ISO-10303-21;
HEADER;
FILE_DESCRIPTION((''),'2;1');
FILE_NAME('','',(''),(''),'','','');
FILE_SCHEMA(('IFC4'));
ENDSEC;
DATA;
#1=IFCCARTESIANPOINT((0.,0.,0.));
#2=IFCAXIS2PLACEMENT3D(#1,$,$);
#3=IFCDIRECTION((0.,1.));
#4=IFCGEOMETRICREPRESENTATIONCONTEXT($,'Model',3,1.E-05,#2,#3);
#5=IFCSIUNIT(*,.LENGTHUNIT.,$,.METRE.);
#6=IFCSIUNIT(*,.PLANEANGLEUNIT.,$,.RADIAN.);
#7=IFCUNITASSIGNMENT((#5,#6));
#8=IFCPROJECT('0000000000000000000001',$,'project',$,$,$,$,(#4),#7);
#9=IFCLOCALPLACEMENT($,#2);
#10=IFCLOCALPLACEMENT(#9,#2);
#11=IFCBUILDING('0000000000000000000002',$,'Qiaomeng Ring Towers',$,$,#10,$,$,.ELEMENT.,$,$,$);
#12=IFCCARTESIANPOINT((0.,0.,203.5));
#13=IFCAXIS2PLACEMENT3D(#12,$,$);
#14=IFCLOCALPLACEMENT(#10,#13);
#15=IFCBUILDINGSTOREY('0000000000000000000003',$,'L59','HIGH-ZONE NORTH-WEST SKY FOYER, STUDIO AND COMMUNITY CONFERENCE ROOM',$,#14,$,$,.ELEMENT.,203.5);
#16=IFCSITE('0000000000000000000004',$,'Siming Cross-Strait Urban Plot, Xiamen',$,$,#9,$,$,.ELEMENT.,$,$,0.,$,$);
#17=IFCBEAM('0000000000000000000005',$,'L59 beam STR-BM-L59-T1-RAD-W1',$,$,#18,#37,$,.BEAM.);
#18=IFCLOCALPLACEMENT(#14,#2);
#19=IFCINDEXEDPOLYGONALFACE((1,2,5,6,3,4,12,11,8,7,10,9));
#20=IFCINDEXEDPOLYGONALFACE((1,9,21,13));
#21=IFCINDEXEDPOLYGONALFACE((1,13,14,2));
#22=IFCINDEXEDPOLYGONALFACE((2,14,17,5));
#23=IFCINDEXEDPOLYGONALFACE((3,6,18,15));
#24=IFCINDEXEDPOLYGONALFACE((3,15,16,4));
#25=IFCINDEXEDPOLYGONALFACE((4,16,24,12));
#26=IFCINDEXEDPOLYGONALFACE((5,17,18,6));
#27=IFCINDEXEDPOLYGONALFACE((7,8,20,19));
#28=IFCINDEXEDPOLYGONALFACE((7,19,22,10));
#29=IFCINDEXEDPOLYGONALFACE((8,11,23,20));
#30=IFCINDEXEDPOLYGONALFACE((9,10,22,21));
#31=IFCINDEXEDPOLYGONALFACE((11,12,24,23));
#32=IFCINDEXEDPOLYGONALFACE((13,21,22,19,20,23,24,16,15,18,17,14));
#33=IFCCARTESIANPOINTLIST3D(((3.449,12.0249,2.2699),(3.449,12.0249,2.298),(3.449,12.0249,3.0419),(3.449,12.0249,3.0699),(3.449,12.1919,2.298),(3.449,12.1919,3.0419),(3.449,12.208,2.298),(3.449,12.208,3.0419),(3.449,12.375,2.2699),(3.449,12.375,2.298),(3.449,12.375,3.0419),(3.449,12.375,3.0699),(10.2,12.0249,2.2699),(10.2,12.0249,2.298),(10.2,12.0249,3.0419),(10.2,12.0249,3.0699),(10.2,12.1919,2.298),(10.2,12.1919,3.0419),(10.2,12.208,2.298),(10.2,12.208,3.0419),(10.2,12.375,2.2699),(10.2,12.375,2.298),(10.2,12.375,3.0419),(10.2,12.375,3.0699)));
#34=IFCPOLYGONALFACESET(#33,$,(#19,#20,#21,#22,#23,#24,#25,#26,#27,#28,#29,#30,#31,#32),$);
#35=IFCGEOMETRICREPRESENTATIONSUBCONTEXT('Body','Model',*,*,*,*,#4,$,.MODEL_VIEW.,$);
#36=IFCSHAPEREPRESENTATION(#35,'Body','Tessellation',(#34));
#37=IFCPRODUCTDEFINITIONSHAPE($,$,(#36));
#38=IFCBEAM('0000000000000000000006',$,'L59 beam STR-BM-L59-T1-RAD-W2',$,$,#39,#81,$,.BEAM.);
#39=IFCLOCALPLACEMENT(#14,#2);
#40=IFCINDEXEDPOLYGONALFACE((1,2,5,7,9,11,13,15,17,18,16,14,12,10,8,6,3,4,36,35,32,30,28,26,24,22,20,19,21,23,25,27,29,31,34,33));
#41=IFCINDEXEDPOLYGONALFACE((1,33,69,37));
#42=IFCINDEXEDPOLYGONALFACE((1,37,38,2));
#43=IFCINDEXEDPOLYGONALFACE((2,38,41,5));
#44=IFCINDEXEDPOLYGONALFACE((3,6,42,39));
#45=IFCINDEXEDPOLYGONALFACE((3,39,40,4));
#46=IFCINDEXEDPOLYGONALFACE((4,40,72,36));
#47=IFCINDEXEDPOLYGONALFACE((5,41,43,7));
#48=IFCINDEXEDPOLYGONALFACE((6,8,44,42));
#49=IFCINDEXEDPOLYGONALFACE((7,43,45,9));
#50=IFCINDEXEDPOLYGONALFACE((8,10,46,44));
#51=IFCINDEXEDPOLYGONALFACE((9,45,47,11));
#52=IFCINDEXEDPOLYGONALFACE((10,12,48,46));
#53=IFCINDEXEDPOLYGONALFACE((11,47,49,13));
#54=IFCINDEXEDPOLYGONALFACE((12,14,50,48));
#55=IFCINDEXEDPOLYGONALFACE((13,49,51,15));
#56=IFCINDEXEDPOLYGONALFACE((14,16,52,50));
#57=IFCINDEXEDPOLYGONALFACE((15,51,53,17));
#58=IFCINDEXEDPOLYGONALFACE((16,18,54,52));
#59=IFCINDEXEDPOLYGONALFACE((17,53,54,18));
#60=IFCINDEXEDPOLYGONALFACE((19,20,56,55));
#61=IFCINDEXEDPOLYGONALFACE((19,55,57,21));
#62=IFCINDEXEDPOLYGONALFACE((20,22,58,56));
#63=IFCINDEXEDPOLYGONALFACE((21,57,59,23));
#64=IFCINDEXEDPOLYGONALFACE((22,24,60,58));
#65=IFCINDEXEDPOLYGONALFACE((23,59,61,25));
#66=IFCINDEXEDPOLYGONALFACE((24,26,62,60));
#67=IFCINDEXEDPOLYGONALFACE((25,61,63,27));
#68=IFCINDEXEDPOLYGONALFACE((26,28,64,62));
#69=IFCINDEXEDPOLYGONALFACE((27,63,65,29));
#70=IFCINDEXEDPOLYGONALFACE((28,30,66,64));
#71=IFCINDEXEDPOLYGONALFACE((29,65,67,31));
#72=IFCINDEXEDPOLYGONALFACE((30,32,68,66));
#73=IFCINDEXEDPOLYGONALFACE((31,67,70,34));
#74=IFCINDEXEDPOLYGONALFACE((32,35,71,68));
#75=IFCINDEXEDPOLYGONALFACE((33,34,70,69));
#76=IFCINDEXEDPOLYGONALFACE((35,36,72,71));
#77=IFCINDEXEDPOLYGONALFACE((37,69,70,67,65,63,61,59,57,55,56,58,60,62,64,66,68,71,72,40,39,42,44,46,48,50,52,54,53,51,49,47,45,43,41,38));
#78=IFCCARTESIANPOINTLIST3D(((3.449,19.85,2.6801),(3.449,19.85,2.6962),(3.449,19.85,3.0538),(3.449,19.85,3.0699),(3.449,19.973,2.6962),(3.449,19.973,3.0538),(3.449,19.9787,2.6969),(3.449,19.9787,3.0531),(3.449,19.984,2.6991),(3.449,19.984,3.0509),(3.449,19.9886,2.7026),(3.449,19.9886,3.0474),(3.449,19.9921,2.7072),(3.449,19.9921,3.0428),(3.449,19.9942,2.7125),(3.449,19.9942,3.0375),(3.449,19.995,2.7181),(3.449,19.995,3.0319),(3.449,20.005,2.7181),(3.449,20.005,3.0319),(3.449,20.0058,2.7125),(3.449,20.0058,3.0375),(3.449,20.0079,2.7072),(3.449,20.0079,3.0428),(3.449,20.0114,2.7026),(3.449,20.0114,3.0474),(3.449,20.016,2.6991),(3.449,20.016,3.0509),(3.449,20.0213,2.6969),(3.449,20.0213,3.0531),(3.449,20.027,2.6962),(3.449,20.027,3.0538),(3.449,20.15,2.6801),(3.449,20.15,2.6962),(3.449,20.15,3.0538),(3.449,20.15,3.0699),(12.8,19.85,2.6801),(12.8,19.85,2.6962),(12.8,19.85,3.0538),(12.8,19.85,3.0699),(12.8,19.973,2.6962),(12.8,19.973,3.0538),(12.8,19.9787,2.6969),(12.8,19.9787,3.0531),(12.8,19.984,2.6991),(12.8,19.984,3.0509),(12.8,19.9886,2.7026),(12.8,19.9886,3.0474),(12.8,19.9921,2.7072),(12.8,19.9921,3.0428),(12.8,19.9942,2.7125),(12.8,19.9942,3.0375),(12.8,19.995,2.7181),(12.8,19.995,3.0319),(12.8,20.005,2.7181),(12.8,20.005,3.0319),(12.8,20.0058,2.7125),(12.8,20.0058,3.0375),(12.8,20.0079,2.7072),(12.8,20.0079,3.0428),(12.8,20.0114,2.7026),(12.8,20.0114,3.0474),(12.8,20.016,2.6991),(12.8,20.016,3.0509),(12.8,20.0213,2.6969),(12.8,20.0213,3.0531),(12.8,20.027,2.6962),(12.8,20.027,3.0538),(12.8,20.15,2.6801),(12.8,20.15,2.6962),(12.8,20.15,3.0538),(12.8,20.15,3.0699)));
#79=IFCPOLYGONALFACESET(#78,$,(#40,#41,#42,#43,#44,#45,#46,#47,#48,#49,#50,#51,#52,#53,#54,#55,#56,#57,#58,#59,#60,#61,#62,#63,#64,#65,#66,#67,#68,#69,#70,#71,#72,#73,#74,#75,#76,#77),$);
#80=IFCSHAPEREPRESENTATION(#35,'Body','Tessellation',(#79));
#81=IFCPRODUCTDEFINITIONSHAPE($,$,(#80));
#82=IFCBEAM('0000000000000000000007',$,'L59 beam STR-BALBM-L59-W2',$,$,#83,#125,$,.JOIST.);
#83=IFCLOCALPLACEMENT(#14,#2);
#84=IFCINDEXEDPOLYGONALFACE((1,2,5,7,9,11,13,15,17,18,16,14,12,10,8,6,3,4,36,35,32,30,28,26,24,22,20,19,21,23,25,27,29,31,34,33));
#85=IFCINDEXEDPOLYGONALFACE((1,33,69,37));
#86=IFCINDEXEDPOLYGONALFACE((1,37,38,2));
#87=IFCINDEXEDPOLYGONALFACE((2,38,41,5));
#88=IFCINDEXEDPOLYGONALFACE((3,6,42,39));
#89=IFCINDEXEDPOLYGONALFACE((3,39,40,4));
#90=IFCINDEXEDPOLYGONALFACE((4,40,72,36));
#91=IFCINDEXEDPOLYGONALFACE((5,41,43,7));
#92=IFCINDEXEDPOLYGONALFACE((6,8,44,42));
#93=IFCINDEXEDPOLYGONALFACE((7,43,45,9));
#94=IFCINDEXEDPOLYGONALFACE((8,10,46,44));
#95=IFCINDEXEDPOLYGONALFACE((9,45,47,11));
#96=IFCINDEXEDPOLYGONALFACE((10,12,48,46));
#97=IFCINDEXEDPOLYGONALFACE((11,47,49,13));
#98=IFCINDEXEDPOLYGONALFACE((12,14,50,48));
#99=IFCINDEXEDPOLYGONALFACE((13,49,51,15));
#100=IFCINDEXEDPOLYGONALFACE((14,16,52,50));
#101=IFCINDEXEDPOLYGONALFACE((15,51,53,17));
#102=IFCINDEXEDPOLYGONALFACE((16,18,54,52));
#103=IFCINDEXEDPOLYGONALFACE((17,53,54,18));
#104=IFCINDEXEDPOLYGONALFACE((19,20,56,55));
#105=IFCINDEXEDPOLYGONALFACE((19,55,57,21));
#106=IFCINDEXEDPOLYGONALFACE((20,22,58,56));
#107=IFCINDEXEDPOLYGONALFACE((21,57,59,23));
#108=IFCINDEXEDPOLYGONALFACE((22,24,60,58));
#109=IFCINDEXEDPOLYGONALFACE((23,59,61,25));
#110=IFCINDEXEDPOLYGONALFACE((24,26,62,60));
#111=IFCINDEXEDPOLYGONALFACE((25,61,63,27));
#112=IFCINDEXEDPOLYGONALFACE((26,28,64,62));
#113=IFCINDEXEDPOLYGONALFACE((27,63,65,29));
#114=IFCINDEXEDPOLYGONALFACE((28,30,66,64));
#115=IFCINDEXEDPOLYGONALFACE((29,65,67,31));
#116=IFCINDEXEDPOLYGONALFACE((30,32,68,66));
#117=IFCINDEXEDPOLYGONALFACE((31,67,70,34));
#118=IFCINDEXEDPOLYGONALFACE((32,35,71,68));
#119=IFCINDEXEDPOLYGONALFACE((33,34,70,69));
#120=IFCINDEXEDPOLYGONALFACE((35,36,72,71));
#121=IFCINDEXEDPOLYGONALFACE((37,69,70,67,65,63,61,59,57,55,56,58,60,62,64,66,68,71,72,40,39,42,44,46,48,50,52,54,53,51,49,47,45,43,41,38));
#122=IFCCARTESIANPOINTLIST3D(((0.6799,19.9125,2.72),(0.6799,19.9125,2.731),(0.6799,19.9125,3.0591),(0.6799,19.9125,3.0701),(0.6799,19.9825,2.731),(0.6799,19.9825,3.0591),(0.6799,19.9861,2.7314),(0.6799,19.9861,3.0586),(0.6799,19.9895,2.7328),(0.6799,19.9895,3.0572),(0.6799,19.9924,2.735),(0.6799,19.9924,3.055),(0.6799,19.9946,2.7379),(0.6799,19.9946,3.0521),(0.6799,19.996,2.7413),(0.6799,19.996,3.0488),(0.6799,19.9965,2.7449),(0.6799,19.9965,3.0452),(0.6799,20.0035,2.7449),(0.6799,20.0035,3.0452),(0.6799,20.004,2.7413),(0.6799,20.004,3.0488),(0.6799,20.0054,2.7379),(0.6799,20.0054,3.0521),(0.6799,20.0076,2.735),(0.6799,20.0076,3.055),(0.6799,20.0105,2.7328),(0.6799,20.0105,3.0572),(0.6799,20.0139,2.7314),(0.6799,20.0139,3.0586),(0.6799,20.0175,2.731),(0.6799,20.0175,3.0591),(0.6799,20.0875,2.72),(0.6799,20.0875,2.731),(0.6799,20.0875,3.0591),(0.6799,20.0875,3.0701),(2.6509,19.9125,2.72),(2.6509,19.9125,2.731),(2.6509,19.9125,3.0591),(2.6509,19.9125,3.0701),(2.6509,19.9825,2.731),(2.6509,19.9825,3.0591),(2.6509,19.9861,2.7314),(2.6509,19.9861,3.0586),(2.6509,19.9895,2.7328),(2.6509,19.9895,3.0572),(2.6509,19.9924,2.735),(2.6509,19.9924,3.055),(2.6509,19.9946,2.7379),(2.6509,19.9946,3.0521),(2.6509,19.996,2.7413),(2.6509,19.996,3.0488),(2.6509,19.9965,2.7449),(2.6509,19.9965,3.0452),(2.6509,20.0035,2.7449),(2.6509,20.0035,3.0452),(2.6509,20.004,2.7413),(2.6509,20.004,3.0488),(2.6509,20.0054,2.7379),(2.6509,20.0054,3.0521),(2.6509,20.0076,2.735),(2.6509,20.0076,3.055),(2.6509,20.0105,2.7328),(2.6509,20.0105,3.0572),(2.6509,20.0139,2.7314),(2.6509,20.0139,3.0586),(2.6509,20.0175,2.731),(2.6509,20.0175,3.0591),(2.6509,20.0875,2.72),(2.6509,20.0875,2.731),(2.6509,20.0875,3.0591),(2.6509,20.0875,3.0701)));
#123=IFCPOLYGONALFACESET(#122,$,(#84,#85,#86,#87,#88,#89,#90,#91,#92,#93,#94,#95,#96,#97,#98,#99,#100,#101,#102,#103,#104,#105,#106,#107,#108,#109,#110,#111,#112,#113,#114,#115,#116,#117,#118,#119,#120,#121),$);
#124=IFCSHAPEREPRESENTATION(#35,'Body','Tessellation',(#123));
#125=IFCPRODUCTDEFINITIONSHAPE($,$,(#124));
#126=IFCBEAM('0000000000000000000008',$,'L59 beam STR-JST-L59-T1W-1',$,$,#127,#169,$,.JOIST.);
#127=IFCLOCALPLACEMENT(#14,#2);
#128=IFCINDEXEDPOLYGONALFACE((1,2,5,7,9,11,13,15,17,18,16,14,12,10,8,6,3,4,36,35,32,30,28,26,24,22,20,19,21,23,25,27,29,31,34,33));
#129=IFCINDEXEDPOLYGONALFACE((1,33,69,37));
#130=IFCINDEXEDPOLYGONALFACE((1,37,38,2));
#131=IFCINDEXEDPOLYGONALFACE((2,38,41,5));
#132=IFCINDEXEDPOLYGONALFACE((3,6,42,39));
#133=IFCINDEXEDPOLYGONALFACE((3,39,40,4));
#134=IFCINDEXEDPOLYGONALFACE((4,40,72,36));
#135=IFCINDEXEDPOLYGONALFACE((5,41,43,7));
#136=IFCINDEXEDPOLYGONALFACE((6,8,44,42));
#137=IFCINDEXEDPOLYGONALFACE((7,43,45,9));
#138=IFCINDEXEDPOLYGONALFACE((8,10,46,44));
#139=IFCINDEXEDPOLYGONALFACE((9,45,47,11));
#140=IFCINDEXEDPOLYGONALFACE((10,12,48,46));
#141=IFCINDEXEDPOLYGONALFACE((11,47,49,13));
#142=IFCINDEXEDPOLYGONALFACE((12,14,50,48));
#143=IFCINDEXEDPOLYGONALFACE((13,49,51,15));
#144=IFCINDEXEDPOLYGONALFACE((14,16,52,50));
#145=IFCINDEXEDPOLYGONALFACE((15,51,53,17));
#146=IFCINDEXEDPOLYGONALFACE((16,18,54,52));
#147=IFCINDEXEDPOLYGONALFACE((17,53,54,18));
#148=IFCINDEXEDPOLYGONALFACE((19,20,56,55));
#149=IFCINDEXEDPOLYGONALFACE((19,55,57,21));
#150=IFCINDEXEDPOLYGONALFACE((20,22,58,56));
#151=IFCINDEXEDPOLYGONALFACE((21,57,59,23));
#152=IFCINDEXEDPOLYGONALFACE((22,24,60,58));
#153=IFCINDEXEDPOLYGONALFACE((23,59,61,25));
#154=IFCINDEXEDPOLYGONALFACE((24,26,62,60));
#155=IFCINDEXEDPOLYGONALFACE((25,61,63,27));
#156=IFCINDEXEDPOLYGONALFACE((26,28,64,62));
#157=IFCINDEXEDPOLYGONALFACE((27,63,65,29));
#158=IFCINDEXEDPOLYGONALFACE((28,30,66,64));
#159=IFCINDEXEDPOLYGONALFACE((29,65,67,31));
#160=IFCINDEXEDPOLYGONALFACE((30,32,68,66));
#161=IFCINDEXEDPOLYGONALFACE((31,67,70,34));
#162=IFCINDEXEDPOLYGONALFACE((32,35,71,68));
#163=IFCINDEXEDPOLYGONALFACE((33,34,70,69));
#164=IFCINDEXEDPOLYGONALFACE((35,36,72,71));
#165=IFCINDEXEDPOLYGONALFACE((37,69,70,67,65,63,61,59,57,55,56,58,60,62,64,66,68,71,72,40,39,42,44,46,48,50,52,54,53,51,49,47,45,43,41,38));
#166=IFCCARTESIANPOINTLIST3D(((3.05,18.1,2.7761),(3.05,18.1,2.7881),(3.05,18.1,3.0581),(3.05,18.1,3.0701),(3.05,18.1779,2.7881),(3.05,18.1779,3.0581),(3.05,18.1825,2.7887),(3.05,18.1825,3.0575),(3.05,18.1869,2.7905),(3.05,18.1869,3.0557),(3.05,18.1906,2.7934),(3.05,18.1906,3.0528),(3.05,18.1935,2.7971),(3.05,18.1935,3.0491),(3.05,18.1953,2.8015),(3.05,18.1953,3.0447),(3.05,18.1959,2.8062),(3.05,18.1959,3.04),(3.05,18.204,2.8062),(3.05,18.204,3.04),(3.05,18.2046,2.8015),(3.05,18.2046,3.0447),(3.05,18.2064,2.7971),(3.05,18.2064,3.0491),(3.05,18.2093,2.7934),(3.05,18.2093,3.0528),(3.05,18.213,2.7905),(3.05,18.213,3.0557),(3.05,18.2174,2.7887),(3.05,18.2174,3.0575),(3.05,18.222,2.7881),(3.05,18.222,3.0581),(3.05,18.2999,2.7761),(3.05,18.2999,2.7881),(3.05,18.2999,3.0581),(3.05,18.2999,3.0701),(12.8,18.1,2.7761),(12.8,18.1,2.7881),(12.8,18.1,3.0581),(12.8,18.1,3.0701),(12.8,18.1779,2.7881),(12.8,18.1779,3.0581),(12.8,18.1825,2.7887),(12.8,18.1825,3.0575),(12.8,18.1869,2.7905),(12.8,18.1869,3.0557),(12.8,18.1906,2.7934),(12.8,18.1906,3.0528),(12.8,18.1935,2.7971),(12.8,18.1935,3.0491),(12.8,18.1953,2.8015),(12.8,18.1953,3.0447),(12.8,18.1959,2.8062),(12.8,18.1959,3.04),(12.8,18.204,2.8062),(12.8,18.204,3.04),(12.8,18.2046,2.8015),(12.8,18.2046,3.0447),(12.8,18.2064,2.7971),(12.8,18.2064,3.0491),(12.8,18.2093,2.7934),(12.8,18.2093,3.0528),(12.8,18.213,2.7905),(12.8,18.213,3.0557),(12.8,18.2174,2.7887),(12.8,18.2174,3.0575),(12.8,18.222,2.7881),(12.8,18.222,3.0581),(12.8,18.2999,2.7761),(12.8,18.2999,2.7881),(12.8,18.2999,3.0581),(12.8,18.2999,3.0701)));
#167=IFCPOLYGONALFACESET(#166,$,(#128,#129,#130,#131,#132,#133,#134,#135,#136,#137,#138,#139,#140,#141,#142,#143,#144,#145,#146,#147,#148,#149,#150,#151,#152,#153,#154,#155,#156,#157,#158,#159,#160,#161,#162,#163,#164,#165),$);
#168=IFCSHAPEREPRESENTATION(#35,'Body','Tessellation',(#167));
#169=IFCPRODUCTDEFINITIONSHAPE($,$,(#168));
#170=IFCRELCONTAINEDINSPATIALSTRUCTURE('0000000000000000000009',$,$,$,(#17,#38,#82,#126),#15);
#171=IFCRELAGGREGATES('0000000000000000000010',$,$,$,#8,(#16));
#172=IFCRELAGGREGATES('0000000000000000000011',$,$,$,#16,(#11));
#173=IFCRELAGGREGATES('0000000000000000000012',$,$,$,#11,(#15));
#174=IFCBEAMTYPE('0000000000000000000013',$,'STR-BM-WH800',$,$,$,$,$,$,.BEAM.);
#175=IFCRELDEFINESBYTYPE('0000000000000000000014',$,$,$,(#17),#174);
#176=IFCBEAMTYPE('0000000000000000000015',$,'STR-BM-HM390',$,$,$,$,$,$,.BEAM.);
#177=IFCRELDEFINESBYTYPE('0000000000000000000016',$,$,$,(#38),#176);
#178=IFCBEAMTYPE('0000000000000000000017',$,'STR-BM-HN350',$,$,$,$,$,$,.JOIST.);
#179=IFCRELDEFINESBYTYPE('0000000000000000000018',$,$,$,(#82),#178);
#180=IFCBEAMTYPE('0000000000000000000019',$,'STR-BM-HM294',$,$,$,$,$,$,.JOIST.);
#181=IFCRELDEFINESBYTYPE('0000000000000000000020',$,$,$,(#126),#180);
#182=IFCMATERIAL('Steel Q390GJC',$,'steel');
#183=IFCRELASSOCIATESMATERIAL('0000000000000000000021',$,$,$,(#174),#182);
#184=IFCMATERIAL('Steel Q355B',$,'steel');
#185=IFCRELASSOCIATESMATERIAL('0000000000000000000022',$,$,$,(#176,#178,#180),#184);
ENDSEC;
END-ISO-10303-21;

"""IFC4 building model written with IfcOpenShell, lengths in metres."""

from ifc_helpers import new_model, si_unit, direction, frame, origin, origin_2d, place, context, subcontext, project, spatial, i_section, extrude, source, transform, mapped, material, material_profile, profile_set, type_object, element, save


model = new_model("IFC4")

# Units and contexts
model_context = context("Model", 3, precision=1e-05, world=origin(), true_north=direction((0.0, 1.0)))
body_context = subcontext(model_context, "Body", "Model", "MODEL_VIEW")
ifc_project = project(units=[si_unit("LENGTHUNIT", "METRE"), si_unit("PLANEANGLEUNIT", "RADIAN")], contexts=[model_context])

# Site, building, storey
site_placement = place(None, origin())
site = spatial("IfcSite", under=ifc_project, at=site_placement, Name="Siming Cross-Strait Urban Plot, Xiamen", CompositionType="ELEMENT", RefElevation=0.0)
building_placement = place(site_placement, origin())
building = spatial("IfcBuilding", under=site, at=building_placement, Name="Qiaomeng Ring Towers", CompositionType="ELEMENT")
storey_placement = place(building_placement, frame((0.0, 0.0, 203.5)))
storey = spatial("IfcBuildingStorey", under=building, at=storey_placement, Name="L59", Description="HIGH-ZONE NORTH-WEST SKY FOYER, STUDIO AND COMMUNITY CONFERENCE ROOM", CompositionType="ELEMENT", Elevation=203.5)

# Beams
ifc_material_1 = material(Name="Steel Q355B", Category="steel")
ifc_material_2 = material(Name="Steel Q390GJC", Category="steel")
ifc_material_profile_1 = material_profile(ifc_material_2, i_section(OverallWidth=0.3501, OverallDepth=0.8, WebThickness=0.0161, FlangeThickness=0.0281, at=origin_2d()), Name="WH 800x350x16x28")
ifc_profile_set_1 = profile_set([ifc_material_profile_1], Name="Steel Q390GJC")
beam_type_1 = type_object("IfcBeamType", Name="STR-BM-WH800", PredefinedType="BEAM", material=ifc_profile_set_1)
shared_shape_1 = source(origin(), body_context, "Body", "SweptSolid", [
    extrude(i_section(OverallWidth=0.3501, OverallDepth=0.8, WebThickness=0.0161, FlangeThickness=0.0281, at=origin_2d()), origin(), (0.0, 0.0, 1.0), 6.751),
])
beam_1_placement = place(storey_placement, frame((3.449, 12.2, 2.6699), z_axis=(1.0, 0.0, 0.0), x_axis=(0.0, 1.0, 0.0)))
element("IfcBeam", 1, at=beam_1_placement, inside=storey, type_object=beam_type_1, Name="L59 beam STR-BM-L59-T1-RAD-W1", PredefinedType="BEAM", context=body_context, shape_type="MappedRepresentation", body=[
    mapped(shared_shape_1, transform((0.0, 0.0, 0.0), x_axis=(1.0, 0.0, 0.0), y_axis=(0.0, 1.0, 0.0), z_axis=(0.0, 0.0, 1.0), scale=1.0)),
])
ifc_material_profile_2 = material_profile(ifc_material_1, i_section(OverallWidth=0.3, OverallDepth=0.3899, WebThickness=0.01, FlangeThickness=0.0161, FilletRadius=0.022, at=origin_2d()), Name="HM 390x300x10x16")
ifc_profile_set_2 = profile_set([ifc_material_profile_2], Name="Steel Q355B")
beam_type_2 = type_object("IfcBeamType", Name="STR-BM-HM390", PredefinedType="BEAM", material=ifc_profile_set_2)
shared_shape_2 = source(origin(), body_context, "Body", "SweptSolid", [
    extrude(i_section(OverallWidth=0.3, OverallDepth=0.3899, WebThickness=0.01, FlangeThickness=0.0161, FilletRadius=0.022, at=origin_2d()), origin(), (0.0, 0.0, 1.0), 9.3511),
])
beam_2_placement = place(storey_placement, frame((3.449, 20.0, 2.875), z_axis=(1.0, 0.0, 0.0), x_axis=(0.0, 1.0, 0.0)))
element("IfcBeam", 2, at=beam_2_placement, inside=storey, type_object=beam_type_2, Name="L59 beam STR-BM-L59-T1-RAD-W2", PredefinedType="BEAM", context=body_context, shape_type="MappedRepresentation", body=[
    mapped(shared_shape_2, transform((0.0, 0.0, 0.0), x_axis=(1.0, 0.0, 0.0), y_axis=(0.0, 1.0, 0.0), z_axis=(0.0, 0.0, 1.0), scale=1.0)),
])
ifc_material_profile_3 = material_profile(ifc_material_1, i_section(OverallWidth=0.175, OverallDepth=0.3501, WebThickness=0.0071, FlangeThickness=0.011, FilletRadius=0.0139, at=origin_2d()), Name="HN 350x175x7x11")
ifc_profile_set_3 = profile_set([ifc_material_profile_3], Name="Steel Q355B")
beam_type_3 = type_object("IfcBeamType", Name="STR-BM-HN350", PredefinedType="JOIST", material=ifc_profile_set_3)
shared_shape_3 = source(origin(), body_context, "Body", "SweptSolid", [
    extrude(i_section(OverallWidth=0.175, OverallDepth=0.3501, WebThickness=0.0071, FlangeThickness=0.011, FilletRadius=0.0139, at=origin_2d()), origin(), (0.0, 0.0, 1.0), 1.9709),
])
beam_3_placement = place(storey_placement, frame((0.6799, 20.0, 2.895), z_axis=(1.0, 0.0, 0.0), x_axis=(0.0, 1.0, 0.0)))
element("IfcBeam", 3, at=beam_3_placement, inside=storey, type_object=beam_type_3, Name="L59 beam STR-BALBM-L59-W2", PredefinedType="JOIST", context=body_context, shape_type="MappedRepresentation", body=[
    mapped(shared_shape_3, transform((0.0, 0.0, 0.0), x_axis=(1.0, 0.0, 0.0), y_axis=(0.0, 1.0, 0.0), z_axis=(0.0, 0.0, 1.0), scale=1.0)),
])
ifc_material_profile_4 = material_profile(ifc_material_1, i_section(OverallWidth=0.2, OverallDepth=0.2939, WebThickness=0.0081, FlangeThickness=0.012, FilletRadius=0.0181, at=origin_2d()), Name="HM 294x200x8x12")
ifc_profile_set_4 = profile_set([ifc_material_profile_4], Name="Steel Q355B")
beam_type_4 = type_object("IfcBeamType", Name="STR-BM-HM294", PredefinedType="JOIST", material=ifc_profile_set_4)
shared_shape_4 = source(origin(), body_context, "Body", "SweptSolid", [
    extrude(i_section(OverallWidth=0.2, OverallDepth=0.2939, WebThickness=0.0081, FlangeThickness=0.012, FilletRadius=0.0181, at=origin_2d()), origin(), (0.0, 0.0, 1.0), 9.75),
])
beam_4_placement = place(storey_placement, frame((3.05, 18.2, 2.9231), z_axis=(1.0, 0.0, 0.0), x_axis=(0.0, 1.0, 0.0)))
element("IfcBeam", 4, at=beam_4_placement, inside=storey, type_object=beam_type_4, Name="L59 beam STR-JST-L59-T1W-1", PredefinedType="JOIST", context=body_context, shape_type="MappedRepresentation", body=[
    mapped(shared_shape_4, transform((0.0, 0.0, 0.0), x_axis=(1.0, 0.0, 0.0), y_axis=(0.0, 1.0, 0.0), z_axis=(0.0, 0.0, 1.0), scale=1.0)),
])

save(model, "model.ifc")
